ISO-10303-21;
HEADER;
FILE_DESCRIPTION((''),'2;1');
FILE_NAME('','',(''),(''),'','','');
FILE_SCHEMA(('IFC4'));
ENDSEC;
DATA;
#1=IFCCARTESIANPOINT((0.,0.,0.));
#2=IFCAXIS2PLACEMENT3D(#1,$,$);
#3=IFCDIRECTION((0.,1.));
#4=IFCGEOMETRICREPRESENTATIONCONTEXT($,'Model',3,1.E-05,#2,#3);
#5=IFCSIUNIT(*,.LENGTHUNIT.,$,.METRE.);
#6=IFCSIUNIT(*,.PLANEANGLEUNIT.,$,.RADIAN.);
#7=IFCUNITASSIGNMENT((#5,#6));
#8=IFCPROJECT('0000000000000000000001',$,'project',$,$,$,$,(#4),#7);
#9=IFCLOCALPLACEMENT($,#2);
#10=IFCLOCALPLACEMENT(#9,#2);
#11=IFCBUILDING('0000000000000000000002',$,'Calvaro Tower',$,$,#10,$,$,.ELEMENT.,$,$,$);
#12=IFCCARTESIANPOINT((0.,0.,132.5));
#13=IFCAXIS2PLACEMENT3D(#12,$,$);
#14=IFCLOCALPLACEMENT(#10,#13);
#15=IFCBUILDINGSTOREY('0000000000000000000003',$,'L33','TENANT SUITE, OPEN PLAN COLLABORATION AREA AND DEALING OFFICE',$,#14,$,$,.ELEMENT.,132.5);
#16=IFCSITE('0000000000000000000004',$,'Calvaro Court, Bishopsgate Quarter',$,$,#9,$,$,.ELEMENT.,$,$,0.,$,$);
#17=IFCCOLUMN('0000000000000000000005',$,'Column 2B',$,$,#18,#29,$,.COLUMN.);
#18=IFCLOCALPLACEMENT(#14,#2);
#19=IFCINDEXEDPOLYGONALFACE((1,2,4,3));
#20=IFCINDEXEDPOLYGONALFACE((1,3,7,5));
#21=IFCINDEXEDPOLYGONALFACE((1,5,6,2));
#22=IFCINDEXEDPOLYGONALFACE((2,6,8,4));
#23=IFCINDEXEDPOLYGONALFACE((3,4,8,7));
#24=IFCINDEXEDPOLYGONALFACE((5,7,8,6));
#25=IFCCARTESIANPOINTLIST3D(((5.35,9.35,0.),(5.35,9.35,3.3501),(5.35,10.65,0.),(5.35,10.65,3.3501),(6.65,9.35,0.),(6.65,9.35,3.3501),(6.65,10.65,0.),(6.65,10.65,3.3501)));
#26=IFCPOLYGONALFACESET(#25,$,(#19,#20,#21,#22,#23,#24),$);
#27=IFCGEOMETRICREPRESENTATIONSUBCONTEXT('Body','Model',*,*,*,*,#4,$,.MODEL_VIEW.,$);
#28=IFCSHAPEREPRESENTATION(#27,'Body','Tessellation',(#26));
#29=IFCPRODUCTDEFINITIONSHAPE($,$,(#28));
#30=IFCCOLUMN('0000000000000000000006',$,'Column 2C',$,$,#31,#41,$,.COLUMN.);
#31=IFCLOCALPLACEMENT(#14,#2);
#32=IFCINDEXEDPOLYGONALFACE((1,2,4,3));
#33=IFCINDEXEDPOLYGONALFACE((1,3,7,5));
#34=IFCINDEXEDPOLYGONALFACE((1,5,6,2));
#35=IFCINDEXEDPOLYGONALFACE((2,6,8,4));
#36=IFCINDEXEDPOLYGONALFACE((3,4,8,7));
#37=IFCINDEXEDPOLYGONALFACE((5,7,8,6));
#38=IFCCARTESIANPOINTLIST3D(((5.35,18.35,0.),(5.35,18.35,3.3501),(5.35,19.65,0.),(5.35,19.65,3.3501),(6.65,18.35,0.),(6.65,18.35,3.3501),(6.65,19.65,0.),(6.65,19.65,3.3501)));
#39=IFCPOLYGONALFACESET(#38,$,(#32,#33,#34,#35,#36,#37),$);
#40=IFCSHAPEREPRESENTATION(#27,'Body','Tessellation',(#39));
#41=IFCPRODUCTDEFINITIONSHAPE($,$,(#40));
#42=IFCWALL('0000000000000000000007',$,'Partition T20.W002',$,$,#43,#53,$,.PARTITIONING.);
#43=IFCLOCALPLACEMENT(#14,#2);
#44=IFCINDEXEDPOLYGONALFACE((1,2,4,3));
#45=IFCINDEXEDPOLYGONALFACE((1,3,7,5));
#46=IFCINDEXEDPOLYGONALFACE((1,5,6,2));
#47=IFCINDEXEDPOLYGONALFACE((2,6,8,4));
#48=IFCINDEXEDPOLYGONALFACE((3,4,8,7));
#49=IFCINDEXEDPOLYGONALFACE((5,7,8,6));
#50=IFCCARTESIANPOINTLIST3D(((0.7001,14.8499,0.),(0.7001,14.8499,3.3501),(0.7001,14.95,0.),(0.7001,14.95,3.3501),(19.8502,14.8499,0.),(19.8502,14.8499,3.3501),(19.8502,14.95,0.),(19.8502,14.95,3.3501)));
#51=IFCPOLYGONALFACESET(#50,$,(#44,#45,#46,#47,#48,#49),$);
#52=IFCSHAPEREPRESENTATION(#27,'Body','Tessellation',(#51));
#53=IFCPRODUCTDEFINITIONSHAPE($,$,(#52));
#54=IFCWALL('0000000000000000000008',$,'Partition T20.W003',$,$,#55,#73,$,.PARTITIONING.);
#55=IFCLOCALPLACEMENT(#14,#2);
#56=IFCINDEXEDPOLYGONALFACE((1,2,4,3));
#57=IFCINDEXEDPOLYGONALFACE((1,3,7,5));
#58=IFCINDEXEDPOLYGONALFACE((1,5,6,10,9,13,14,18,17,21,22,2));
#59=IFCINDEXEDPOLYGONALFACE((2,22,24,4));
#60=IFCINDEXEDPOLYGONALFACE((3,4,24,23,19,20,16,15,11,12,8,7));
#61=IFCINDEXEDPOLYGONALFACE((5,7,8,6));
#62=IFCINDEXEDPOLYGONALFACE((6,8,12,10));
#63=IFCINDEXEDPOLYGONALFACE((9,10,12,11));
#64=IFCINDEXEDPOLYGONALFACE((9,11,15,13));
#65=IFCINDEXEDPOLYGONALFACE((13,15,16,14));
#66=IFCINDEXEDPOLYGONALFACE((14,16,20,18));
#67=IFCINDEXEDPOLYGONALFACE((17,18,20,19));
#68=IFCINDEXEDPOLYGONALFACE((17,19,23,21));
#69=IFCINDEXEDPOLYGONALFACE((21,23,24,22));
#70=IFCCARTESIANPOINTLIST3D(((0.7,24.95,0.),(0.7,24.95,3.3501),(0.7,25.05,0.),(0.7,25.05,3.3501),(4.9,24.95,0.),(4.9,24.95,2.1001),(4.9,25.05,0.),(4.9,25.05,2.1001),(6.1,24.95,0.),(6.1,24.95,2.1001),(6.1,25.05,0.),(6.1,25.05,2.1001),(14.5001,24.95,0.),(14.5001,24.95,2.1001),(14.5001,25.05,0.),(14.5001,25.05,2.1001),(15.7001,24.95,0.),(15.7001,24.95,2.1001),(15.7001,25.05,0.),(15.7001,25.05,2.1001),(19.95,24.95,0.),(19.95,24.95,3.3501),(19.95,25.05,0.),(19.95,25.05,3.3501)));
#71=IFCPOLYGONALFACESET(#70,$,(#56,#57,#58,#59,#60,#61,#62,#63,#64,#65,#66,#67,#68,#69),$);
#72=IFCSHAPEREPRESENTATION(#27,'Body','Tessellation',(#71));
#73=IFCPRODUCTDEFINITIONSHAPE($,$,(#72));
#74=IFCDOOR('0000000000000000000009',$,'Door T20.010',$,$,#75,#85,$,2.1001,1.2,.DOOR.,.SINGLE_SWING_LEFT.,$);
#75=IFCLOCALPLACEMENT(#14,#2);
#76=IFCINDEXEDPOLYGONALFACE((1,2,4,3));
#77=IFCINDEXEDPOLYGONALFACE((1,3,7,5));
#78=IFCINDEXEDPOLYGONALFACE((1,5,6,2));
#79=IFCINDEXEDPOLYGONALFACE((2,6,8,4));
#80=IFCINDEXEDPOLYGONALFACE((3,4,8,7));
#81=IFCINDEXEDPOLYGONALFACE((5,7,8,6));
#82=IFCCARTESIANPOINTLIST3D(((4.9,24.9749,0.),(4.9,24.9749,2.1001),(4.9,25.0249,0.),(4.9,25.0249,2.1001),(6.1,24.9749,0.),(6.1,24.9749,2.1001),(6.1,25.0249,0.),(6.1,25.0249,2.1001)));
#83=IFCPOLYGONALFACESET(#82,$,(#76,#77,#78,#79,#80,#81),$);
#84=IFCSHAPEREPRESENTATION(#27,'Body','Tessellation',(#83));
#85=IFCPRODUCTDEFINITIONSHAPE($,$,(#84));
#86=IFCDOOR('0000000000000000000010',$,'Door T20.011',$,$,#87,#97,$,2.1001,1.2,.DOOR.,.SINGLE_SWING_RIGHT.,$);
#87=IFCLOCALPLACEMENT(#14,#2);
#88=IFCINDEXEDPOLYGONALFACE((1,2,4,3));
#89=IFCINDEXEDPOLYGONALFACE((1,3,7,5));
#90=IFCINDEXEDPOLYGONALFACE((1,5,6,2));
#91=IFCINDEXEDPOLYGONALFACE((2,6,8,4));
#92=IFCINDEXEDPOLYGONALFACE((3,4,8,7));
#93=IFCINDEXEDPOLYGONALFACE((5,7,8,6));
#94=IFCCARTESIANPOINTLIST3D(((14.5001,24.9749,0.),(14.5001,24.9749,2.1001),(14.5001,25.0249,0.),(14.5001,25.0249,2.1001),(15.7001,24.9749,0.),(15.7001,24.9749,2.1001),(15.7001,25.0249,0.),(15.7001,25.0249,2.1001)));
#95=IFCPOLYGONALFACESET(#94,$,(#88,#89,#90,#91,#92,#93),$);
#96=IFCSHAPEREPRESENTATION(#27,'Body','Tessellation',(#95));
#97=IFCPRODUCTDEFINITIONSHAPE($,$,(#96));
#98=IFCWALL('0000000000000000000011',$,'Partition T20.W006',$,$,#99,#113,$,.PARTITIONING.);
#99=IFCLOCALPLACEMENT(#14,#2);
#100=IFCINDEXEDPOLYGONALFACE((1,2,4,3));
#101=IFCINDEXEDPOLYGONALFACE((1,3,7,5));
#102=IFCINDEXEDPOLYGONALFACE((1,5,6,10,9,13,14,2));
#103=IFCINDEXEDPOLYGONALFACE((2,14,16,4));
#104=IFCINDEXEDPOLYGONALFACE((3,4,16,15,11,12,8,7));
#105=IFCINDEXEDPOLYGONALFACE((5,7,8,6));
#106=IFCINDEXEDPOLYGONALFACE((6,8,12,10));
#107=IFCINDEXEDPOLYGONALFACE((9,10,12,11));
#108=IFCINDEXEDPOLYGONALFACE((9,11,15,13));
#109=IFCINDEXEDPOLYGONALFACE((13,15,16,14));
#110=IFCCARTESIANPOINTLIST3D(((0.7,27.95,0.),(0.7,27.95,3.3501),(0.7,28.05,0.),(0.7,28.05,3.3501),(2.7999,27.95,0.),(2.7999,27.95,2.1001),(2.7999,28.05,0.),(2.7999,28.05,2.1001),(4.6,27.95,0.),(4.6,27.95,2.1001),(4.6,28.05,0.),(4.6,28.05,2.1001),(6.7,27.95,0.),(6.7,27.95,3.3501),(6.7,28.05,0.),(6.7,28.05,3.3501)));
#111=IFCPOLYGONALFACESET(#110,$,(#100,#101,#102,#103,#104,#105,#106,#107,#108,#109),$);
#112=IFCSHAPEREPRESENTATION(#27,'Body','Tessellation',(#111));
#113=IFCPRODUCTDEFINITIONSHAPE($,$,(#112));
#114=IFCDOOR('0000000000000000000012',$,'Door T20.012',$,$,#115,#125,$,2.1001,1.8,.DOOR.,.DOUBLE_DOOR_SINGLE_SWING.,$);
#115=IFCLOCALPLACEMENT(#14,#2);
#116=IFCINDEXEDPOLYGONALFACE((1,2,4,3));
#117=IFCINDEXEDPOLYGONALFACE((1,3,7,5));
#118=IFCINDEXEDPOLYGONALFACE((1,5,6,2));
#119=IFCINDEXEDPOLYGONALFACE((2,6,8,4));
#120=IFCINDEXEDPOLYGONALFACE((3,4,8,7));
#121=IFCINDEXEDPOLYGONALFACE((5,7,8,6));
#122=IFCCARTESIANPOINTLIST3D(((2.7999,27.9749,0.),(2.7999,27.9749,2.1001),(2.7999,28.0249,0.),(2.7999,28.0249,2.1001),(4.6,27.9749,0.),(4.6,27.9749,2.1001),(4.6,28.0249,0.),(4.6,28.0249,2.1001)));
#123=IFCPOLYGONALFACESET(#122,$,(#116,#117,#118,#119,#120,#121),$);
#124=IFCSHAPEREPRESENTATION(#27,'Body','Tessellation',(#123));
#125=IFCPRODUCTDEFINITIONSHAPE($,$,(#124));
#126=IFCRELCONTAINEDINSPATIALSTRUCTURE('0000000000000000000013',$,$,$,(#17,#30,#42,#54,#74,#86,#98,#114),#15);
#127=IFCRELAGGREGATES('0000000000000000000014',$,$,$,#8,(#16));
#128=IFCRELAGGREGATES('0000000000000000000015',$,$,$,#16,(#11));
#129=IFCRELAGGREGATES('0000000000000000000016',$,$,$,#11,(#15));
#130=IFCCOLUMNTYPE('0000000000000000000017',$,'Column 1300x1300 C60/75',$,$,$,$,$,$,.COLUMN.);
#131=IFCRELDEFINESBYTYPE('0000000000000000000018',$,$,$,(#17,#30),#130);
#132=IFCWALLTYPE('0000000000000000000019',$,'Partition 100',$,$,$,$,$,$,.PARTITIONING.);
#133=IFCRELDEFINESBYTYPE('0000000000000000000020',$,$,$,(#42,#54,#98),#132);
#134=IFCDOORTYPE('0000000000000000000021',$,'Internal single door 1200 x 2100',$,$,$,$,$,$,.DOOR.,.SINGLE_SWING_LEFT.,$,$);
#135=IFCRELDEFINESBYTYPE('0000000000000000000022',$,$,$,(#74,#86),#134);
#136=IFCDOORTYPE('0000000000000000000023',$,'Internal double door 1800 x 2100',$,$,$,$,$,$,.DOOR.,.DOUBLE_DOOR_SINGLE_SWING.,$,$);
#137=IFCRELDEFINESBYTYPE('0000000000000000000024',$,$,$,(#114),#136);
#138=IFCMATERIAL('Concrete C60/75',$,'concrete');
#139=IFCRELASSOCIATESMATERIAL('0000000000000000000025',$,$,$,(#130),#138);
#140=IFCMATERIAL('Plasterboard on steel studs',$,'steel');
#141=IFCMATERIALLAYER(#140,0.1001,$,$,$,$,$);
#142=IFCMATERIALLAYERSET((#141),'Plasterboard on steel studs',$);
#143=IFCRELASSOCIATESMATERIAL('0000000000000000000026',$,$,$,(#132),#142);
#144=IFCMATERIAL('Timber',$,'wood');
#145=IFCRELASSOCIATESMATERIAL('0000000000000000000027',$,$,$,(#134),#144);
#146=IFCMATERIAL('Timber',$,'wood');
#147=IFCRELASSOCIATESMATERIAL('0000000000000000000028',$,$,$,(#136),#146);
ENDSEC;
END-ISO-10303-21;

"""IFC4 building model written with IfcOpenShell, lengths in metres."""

from ifc_helpers import new_model, si_unit, direction, frame, frame_2d, origin, origin_2d, place, context, subcontext, project, spatial, rectangle, extrude, material, layer, layer_set, material_profile, profile_set, type_object, element, fill, save


model = new_model("IFC4")

# Units and contexts
model_context = context("Model", 3, precision=1e-05, world=origin(), true_north=direction((0.0, 1.0)))
body_context = subcontext(model_context, "Body", "Model", "MODEL_VIEW")
ifc_project = project(units=[si_unit("LENGTHUNIT", "METRE"), si_unit("PLANEANGLEUNIT", "RADIAN")], contexts=[model_context])

# Site, building, storey
site_placement = place(None, origin())
site = spatial("IfcSite", under=ifc_project, at=site_placement, Name="Calvaro Court, Bishopsgate Quarter", CompositionType="ELEMENT", RefElevation=0.0)
building_placement = place(site_placement, origin())
building = spatial("IfcBuilding", under=site, at=building_placement, Name="Calvaro Tower", CompositionType="ELEMENT")
storey_placement = place(building_placement, frame((0.0, 0.0, 132.5)))
storey = spatial("IfcBuildingStorey", under=building, at=storey_placement, Name="L33", Description="TENANT SUITE, OPEN PLAN COLLABORATION AREA AND DEALING OFFICE", CompositionType="ELEMENT", Elevation=132.5)

# Columns
ifc_material_1 = material(Name="Concrete C60/75", Category="concrete")
ifc_material_profile = material_profile(ifc_material_1, rectangle(XDim=1.3, YDim=1.3, at=origin_2d()), Name="RC 1300x1300")
ifc_profile_set = profile_set([ifc_material_profile], Name="Concrete C60/75")
column_type = type_object("IfcColumnType", Name="Column 1300x1300 C60/75", PredefinedType="COLUMN", material=ifc_profile_set)
for number, where, z_axis, x_axis, name in (
    (1, (6.0, 10.0, 0.0), (0.0, 0.0, 1.0), (1.0, 0.0, 0.0), "Column 2B"),
    (2, (6.0, 19.0, 0.0), (0.0, 0.0, 1.0), (1.0, 0.0, 0.0), "Column 2C"),
):
    element("IfcColumn", number, at=place(storey_placement, frame(where, z_axis=z_axis, x_axis=x_axis)), inside=storey, type_object=column_type, Name=name, PredefinedType="COLUMN", context=body_context, shape_type="SweptSolid", body=[
        extrude(rectangle(XDim=1.3, YDim=1.3, at=origin_2d()), origin(), (0.0, 0.0, 1.0), 3.3501),
    ])

# Wall
ifc_material_2 = material(Name="Plasterboard on steel studs", Category="steel")
ifc_layer = layer(ifc_material_2, 0.1001)
ifc_layer_set = layer_set([ifc_layer], Name="Plasterboard on steel studs")
wall_type = type_object("IfcWallType", Name="Partition 100", PredefinedType="PARTITIONING", material=ifc_layer_set)
wall_1_placement = place(storey_placement, frame((0.7, 14.8999, 0.0), z_axis=(0.0, 0.0, 1.0), x_axis=(1.0, 0.0, 0.0)))
element("IfcWall", 3, at=wall_1_placement, inside=storey, type_object=wall_type, Name="Partition T20.W002", PredefinedType="PARTITIONING", context=body_context, shape_type="SweptSolid", body=[
    extrude(rectangle(XDim=19.1501, YDim=0.1001, at=frame_2d((9.5752, 0.0))), origin(), (0.0, 0.0, 1.0), 3.3501),
])

# Wall, openings, doors
wall_2_placement = place(storey_placement, frame((0.7, 25.0, 0.0), z_axis=(0.0, 0.0, 1.0), x_axis=(1.0, 0.0, 0.0)))
wall_2 = element("IfcWall", 4, at=wall_2_placement, inside=storey, type_object=wall_type, Name="Partition T20.W003", PredefinedType="PARTITIONING", context=body_context, shape_type="SweptSolid", body=[
    extrude(rectangle(XDim=19.25, YDim=0.1001, at=frame_2d((9.625, 0.0))), origin(), (0.0, 0.0, 1.0), 3.3501),
])
opening_1_placement = place(wall_2_placement, frame((4.2, 0.0, 0.0)))
opening_1 = element("IfcOpeningElement", 5, at=opening_1_placement, cuts=wall_2, PredefinedType="OPENING", context=body_context, shape_type="SweptSolid", body=[
    extrude(rectangle(XDim=1.2, YDim=2.1001, at=frame_2d((0.6001, 1.05))), frame((0.0, 0.0601, 0.0), z_axis=(0.0, -1.0, 0.0), x_axis=(1.0, 0.0, 0.0)), (0.0, 0.0, 1.0), 0.1201),
])
opening_2_placement = place(wall_2_placement, frame((13.8, 0.0, 0.0)))
opening_2 = element("IfcOpeningElement", 6, at=opening_2_placement, cuts=wall_2, PredefinedType="OPENING", context=body_context, shape_type="SweptSolid", body=[
    extrude(rectangle(XDim=1.2, YDim=2.1001, at=frame_2d((0.6001, 1.05))), frame((0.0, 0.0601, 0.0), z_axis=(0.0, -1.0, 0.0), x_axis=(1.0, 0.0, 0.0)), (0.0, 0.0, 1.0), 0.1201),
])
ifc_material_3 = material(Name="Timber", Category="wood")
door_type_1 = type_object("IfcDoorType", Name="Internal single door 1200 x 2100", OperationType="SINGLE_SWING_LEFT", PredefinedType="DOOR", material=ifc_material_3)
door_1_placement = place(opening_1_placement, origin())
door_1 = element("IfcDoor", 7, at=door_1_placement, inside=storey, type_object=door_type_1, Name="Door T20.010", OperationType="SINGLE_SWING_LEFT", OverallHeight=2.1001, OverallWidth=1.2, PredefinedType="DOOR", context=body_context, shape_type="SweptSolid", body=[
    extrude(rectangle(XDim=1.2, YDim=2.1001, at=frame_2d((0.6001, 1.05))), frame((0.0, 0.0249, 0.0), z_axis=(0.0, -1.0, 0.0), x_axis=(1.0, 0.0, 0.0)), (0.0, 0.0, 1.0), 0.05),
])
fill(opening_1, door_1)
door_2_placement = place(opening_2_placement, origin())
door_2 = element("IfcDoor", 8, at=door_2_placement, inside=storey, type_object=door_type_1, Name="Door T20.011", OperationType="SINGLE_SWING_RIGHT", OverallHeight=2.1001, OverallWidth=1.2, PredefinedType="DOOR", context=body_context, shape_type="SweptSolid", body=[
    extrude(rectangle(XDim=1.2, YDim=2.1001, at=frame_2d((0.6001, 1.05))), frame((0.0, 0.0249, 0.0), z_axis=(0.0, -1.0, 0.0), x_axis=(1.0, 0.0, 0.0)), (0.0, 0.0, 1.0), 0.05),
])
fill(opening_2, door_2)

# Wall, opening, door
wall_3_placement = place(storey_placement, frame((0.7, 28.0, 0.0), z_axis=(0.0, 0.0, 1.0), x_axis=(1.0, 0.0, 0.0)))
wall_3 = element("IfcWall", 9, at=wall_3_placement, inside=storey, type_object=wall_type, Name="Partition T20.W006", PredefinedType="PARTITIONING", context=body_context, shape_type="SweptSolid", body=[
    extrude(rectangle(XDim=6.0, YDim=0.1001, at=frame_2d((3.0, 0.0))), origin(), (0.0, 0.0, 1.0), 3.3501),
])
opening_3_placement = place(wall_3_placement, frame((2.1001, 0.0, 0.0)))
opening_3 = element("IfcOpeningElement", 10, at=opening_3_placement, cuts=wall_3, PredefinedType="OPENING", context=body_context, shape_type="SweptSolid", body=[
    extrude(rectangle(XDim=1.8, YDim=2.1001, at=frame_2d((0.8999, 1.05))), frame((0.0, 0.0601, 0.0), z_axis=(0.0, -1.0, 0.0), x_axis=(1.0, 0.0, 0.0)), (0.0, 0.0, 1.0), 0.1201),
])
ifc_material_4 = material(Name="Timber", Category="wood")
door_type_2 = type_object("IfcDoorType", Name="Internal double door 1800 x 2100", OperationType="DOUBLE_DOOR_SINGLE_SWING", PredefinedType="DOOR", material=ifc_material_4)
door_3_placement = place(opening_3_placement, origin())
door_3 = element("IfcDoor", 11, at=door_3_placement, inside=storey, type_object=door_type_2, Name="Door T20.012", OperationType="DOUBLE_DOOR_SINGLE_SWING", OverallHeight=2.1001, OverallWidth=1.8, PredefinedType="DOOR", context=body_context, shape_type="SweptSolid", body=[
    extrude(rectangle(XDim=1.8, YDim=2.1001, at=frame_2d((0.8999, 1.05))), frame((0.0, 0.0249, 0.0), z_axis=(0.0, -1.0, 0.0), x_axis=(1.0, 0.0, 0.0)), (0.0, 0.0, 1.0), 0.05),
])
fill(opening_3, door_3)

save(model, "model.ifc")
